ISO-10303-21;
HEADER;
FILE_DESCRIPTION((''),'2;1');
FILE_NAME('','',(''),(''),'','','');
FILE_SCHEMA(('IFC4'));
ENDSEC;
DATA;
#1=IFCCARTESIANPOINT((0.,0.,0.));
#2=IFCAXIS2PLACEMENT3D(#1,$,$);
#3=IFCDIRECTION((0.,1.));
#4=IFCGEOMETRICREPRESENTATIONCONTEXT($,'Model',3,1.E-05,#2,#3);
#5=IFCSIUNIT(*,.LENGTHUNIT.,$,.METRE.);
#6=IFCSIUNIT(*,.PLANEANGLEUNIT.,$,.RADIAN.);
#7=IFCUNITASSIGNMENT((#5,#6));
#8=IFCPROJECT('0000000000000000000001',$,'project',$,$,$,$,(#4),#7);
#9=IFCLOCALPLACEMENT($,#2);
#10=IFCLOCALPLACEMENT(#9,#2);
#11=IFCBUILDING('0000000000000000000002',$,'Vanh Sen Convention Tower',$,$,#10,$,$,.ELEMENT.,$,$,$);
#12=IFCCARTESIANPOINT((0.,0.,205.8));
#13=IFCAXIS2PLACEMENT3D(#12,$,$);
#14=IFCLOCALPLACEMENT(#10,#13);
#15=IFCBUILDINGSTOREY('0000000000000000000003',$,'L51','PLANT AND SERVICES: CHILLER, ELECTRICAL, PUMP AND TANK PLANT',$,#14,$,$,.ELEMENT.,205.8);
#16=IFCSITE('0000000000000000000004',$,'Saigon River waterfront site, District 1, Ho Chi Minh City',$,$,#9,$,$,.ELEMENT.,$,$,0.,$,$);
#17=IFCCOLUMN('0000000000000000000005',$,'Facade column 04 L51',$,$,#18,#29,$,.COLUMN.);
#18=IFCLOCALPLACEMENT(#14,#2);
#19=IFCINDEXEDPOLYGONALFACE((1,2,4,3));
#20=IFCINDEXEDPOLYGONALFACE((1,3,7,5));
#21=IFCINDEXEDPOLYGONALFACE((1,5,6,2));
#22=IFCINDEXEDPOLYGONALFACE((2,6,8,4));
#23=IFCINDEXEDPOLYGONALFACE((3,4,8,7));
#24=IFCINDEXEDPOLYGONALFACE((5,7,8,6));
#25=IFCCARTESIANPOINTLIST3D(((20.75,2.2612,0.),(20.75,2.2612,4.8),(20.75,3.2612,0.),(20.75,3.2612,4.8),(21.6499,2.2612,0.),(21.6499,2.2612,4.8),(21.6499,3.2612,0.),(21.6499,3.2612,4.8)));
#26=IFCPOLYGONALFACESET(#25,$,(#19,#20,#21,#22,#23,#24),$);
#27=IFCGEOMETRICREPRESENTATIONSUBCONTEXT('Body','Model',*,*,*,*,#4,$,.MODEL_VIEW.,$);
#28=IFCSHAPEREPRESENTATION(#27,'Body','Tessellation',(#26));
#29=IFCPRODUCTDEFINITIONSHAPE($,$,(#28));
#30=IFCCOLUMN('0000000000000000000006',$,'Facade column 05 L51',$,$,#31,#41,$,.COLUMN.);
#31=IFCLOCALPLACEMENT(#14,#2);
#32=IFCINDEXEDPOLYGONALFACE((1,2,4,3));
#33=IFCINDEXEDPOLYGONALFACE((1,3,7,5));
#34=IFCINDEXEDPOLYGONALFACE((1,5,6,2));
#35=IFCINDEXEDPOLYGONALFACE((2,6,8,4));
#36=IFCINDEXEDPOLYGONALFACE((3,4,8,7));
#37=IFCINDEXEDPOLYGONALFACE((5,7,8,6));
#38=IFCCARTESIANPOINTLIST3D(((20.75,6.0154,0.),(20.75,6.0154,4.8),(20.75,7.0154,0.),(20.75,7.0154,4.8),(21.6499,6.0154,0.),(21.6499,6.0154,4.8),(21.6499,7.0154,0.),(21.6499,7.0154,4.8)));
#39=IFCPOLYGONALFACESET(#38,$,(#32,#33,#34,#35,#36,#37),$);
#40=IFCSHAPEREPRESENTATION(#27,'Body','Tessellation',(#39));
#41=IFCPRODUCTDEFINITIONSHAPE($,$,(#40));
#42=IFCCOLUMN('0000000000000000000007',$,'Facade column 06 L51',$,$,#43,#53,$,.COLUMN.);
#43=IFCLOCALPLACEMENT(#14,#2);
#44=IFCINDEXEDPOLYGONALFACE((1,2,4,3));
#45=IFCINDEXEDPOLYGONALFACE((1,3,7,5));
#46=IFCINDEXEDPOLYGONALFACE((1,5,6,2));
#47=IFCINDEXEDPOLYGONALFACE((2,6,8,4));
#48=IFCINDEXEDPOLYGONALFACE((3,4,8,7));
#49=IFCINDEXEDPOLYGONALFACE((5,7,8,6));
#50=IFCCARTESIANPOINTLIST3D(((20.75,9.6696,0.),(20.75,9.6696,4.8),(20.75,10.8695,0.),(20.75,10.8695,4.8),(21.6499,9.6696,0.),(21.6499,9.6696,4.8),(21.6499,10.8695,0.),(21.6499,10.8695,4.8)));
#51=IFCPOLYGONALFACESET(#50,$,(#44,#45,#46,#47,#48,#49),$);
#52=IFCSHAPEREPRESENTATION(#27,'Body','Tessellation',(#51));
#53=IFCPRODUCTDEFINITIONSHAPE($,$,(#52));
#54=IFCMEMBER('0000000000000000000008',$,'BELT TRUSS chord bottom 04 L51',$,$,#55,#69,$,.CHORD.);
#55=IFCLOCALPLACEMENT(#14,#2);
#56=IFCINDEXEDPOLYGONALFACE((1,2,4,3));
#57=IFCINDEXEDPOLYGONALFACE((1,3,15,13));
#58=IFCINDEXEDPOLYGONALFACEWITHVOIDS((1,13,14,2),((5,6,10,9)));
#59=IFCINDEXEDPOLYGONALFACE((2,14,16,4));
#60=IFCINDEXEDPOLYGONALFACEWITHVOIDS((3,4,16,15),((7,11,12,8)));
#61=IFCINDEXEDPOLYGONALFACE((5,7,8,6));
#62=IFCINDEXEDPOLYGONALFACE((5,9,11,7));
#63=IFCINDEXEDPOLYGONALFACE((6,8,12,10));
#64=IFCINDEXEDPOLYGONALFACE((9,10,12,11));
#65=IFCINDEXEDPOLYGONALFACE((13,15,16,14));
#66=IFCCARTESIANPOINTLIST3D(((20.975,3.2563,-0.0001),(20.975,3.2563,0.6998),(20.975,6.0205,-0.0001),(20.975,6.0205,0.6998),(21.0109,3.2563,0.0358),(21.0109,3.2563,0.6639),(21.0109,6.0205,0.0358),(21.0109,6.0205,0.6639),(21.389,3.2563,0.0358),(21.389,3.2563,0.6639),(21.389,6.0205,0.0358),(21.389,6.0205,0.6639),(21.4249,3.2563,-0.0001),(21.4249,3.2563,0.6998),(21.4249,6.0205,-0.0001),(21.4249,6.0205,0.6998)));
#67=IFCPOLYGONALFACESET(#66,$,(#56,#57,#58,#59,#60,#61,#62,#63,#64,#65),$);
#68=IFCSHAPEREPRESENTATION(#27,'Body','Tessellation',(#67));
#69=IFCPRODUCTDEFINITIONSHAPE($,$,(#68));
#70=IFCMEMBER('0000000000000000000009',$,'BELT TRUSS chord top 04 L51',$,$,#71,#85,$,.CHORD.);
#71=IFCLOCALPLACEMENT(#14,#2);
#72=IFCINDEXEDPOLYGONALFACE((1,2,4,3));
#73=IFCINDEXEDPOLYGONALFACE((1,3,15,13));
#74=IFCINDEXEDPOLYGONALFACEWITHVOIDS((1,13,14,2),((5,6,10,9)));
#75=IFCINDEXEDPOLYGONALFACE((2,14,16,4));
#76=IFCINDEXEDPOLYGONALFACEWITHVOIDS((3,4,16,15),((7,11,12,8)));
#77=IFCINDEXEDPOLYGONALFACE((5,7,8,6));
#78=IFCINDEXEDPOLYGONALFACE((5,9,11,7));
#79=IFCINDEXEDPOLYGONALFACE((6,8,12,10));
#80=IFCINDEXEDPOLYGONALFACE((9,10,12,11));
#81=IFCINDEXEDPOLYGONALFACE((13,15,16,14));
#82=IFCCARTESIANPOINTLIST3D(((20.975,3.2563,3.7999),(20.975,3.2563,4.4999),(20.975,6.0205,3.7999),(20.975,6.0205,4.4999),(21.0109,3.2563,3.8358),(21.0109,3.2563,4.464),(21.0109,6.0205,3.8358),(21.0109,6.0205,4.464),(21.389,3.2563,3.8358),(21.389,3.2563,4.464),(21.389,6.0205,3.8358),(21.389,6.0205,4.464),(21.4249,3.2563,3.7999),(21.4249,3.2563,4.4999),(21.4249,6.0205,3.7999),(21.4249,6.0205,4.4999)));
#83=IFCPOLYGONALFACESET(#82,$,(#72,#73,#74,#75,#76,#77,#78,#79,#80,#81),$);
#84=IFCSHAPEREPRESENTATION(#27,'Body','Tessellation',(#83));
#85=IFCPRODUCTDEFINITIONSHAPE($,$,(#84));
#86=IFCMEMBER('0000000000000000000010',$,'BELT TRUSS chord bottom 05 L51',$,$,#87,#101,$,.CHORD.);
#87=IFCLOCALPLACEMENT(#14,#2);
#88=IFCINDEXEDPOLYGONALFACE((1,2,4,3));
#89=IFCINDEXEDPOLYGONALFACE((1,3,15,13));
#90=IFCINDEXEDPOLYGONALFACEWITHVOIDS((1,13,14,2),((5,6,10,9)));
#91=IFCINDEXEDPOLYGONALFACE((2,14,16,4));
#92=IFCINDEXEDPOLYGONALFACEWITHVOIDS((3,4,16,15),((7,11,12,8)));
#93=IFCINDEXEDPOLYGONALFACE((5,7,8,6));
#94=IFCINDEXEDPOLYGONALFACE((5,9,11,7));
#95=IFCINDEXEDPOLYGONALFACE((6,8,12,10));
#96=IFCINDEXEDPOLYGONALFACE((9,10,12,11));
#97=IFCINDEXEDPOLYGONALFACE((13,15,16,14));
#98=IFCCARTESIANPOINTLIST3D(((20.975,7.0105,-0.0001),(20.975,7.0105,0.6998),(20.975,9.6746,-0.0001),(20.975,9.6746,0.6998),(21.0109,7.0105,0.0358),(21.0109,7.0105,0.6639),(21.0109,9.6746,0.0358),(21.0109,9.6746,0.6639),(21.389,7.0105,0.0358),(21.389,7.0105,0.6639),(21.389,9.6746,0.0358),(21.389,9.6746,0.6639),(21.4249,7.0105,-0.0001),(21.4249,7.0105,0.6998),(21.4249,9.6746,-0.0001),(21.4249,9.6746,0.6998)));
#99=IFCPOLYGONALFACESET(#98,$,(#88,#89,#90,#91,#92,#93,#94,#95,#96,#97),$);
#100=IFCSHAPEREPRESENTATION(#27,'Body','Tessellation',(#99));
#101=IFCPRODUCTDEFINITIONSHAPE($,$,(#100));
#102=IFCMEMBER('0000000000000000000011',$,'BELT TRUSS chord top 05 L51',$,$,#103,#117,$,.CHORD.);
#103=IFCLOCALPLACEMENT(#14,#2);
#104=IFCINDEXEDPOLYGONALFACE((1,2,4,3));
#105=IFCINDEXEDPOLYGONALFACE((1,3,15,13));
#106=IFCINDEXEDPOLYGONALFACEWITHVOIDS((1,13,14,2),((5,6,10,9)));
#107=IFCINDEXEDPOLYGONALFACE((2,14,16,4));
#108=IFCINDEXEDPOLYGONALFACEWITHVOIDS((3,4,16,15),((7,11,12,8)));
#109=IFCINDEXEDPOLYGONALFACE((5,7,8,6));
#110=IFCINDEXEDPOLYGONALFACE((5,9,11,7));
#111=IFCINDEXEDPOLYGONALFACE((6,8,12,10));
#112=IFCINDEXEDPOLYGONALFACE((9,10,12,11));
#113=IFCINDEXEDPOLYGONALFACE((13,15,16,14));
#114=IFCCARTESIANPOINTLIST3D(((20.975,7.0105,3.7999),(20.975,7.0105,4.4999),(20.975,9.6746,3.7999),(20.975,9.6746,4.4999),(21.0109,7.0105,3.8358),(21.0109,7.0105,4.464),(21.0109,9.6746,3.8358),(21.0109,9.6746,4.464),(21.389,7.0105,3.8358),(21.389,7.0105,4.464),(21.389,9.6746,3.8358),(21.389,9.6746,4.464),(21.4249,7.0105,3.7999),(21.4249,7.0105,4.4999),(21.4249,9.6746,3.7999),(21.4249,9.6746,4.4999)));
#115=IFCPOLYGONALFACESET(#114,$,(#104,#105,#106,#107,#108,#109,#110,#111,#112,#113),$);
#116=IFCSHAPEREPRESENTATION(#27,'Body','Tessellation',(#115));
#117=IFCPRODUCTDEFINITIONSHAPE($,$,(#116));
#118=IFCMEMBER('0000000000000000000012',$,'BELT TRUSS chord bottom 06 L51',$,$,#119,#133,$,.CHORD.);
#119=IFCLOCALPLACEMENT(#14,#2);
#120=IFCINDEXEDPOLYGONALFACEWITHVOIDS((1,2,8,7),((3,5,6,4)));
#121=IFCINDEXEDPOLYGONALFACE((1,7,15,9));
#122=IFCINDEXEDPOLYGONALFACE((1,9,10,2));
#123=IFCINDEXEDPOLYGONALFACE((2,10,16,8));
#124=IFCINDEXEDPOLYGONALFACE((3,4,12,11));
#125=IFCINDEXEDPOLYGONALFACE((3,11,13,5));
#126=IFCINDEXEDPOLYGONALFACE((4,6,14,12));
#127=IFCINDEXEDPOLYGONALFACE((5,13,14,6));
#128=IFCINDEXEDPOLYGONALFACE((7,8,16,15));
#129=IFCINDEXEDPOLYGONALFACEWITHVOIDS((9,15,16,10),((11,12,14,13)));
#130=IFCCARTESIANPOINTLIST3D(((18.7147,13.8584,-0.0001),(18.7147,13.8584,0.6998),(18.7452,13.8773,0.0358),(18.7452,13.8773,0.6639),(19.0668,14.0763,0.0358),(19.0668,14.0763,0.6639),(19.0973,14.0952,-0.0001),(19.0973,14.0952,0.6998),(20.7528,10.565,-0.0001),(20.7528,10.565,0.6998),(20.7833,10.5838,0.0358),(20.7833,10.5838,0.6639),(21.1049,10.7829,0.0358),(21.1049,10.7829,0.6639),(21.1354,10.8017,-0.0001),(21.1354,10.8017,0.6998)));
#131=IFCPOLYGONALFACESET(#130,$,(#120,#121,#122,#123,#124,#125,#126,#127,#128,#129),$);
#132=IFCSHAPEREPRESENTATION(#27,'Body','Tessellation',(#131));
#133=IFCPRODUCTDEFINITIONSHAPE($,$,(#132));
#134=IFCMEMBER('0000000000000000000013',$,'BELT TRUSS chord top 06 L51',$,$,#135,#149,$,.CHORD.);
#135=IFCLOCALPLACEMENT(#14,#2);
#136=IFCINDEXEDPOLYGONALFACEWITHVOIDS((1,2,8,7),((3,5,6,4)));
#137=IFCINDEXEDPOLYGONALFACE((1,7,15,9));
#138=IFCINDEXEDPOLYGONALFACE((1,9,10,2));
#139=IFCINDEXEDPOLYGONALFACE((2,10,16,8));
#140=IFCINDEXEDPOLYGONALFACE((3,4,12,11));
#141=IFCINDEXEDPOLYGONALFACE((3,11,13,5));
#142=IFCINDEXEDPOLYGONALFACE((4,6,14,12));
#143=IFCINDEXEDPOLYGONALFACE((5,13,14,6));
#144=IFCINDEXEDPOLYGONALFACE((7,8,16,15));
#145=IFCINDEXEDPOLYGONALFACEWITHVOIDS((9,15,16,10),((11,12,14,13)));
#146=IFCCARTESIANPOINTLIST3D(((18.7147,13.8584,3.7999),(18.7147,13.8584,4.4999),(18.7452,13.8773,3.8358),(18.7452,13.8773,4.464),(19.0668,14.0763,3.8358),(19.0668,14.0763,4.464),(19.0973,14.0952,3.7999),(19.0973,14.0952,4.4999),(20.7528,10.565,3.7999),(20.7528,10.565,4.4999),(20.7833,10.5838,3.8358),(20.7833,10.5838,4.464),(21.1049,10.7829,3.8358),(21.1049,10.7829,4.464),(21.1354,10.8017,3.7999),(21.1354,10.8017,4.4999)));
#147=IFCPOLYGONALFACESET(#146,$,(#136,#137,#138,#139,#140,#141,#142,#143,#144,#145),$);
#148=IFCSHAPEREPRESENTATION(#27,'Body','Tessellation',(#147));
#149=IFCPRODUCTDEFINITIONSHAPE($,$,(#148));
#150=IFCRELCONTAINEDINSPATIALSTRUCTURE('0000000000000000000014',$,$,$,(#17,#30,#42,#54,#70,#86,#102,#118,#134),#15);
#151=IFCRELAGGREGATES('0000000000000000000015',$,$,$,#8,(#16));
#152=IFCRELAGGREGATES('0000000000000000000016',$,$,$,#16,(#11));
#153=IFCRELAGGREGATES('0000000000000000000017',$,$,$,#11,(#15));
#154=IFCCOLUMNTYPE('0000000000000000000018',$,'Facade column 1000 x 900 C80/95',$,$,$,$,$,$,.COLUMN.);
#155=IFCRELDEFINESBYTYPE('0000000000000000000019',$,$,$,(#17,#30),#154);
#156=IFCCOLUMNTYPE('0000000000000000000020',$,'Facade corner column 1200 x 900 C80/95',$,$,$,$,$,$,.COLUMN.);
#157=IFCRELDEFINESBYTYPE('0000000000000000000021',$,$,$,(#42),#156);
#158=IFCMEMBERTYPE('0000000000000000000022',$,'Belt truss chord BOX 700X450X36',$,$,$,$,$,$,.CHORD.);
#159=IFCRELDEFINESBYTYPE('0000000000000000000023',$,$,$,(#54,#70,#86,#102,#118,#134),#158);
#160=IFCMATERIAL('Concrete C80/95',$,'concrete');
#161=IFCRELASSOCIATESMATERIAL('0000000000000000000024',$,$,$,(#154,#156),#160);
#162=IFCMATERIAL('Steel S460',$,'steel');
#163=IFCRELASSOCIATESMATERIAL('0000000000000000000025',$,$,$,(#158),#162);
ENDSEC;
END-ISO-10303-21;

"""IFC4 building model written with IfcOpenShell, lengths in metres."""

from ifc_helpers import new_model, si_unit, direction, frame, origin, origin_2d, place, context, subcontext, project, spatial, rectangle, hollow_rectangle, extrude, material, material_profile, profile_set, type_object, element, save


model = new_model("IFC4")

# Units and contexts
model_context = context("Model", 3, precision=1e-05, world=origin(), true_north=direction((0.0, 1.0)))
body_context = subcontext(model_context, "Body", "Model", "MODEL_VIEW")
ifc_project = project(units=[si_unit("LENGTHUNIT", "METRE"), si_unit("PLANEANGLEUNIT", "RADIAN")], contexts=[model_context])

# Site, building, storey
site_placement = place(None, origin())
site = spatial("IfcSite", under=ifc_project, at=site_placement, Name="Saigon River waterfront site, District 1, Ho Chi Minh City", CompositionType="ELEMENT", RefElevation=0.0)
building_placement = place(site_placement, origin())
building = spatial("IfcBuilding", under=site, at=building_placement, Name="Vanh Sen Convention Tower", CompositionType="ELEMENT")
storey_placement = place(building_placement, frame((0.0, 0.0, 205.8)))
storey = spatial("IfcBuildingStorey", under=building, at=storey_placement, Name="L51", Description="PLANT AND SERVICES: CHILLER, ELECTRICAL, PUMP AND TANK PLANT", CompositionType="ELEMENT", Elevation=205.8)

# Columns
ifc_material_1 = material(Name="Concrete C80/95", Category="concrete")
ifc_material_profile_1 = material_profile(ifc_material_1, rectangle(XDim=1.0, YDim=0.8999, at=origin_2d()), Name="RC 1000X900")
ifc_profile_set_1 = profile_set([ifc_material_profile_1], Name="Concrete C80/95")
column_type_1 = type_object("IfcColumnType", Name="Facade column 1000 x 900 C80/95", PredefinedType="COLUMN", material=ifc_profile_set_1)
for number, where, z_axis, x_axis, name in (
    (1, (21.2, 2.7612, 0.0), (0.0, 0.0, 1.0), (0.0, 1.0, 0.0), "Facade column 04 L51"),
    (2, (21.2, 6.5154, 0.0), (0.0, 0.0, 1.0), (0.0, 1.0, 0.0), "Facade column 05 L51"),
):
    element("IfcColumn", number, at=place(storey_placement, frame(where, z_axis=z_axis, x_axis=x_axis)), inside=storey, type_object=column_type_1, Name=name, PredefinedType="COLUMN", context=body_context, shape_type="SweptSolid", body=[
        extrude(rectangle(XDim=1.0, YDim=0.8999, at=origin_2d()), origin(), (0.0, 0.0, 1.0), 4.8),
    ])
ifc_material_profile_2 = material_profile(ifc_material_1, rectangle(XDim=1.2, YDim=0.8999, at=origin_2d()), Name="RC 1200X900")
ifc_profile_set_2 = profile_set([ifc_material_profile_2], Name="Concrete C80/95")
column_type_2 = type_object("IfcColumnType", Name="Facade corner column 1200 x 900 C80/95", PredefinedType="COLUMN", material=ifc_profile_set_2)
column_placement = place(storey_placement, frame((21.2, 10.2695, 0.0), z_axis=(0.0, 0.0, 1.0), x_axis=(0.0, 1.0, 0.0)))
element("IfcColumn", 3, at=column_placement, inside=storey, type_object=column_type_2, Name="Facade column 06 L51", PredefinedType="COLUMN", context=body_context, shape_type="SweptSolid", body=[
    extrude(rectangle(XDim=1.2, YDim=0.8999, at=origin_2d()), origin(), (0.0, 0.0, 1.0), 4.8),
])

# Members
ifc_material_2 = material(Name="Steel S460", Category="steel")
ifc_material_profile_3 = material_profile(ifc_material_2, hollow_rectangle(XDim=0.45, YDim=0.7, WallThickness=0.0359, at=origin_2d()), Name="BOX 700X450X36")
ifc_profile_set_3 = profile_set([ifc_material_profile_3], Name="Steel S460")
member_type_1 = type_object("IfcMemberType", Name="Belt truss chord BOX 700X450X36", PredefinedType="CHORD", material=ifc_profile_set_3)
for number, where, z_axis, x_axis, name in (
    (4, (21.2, 3.2563, 0.3499), (0.0, 1.0, 0.0), (-1.0, 0.0, 0.0), "BELT TRUSS chord bottom 04 L51"),
    (5, (21.2, 3.2563, 4.1499), (0.0, 1.0, 0.0), (-1.0, 0.0, 0.0), "BELT TRUSS chord top 04 L51"),
):
    element("IfcMember", number, at=place(storey_placement, frame(where, z_axis=z_axis, x_axis=x_axis)), inside=storey, type_object=member_type_1, Name=name, PredefinedType="CHORD", context=body_context, shape_type="SweptSolid", body=[
        extrude(hollow_rectangle(XDim=0.45, YDim=0.7, WallThickness=0.0359, at=origin_2d()), origin(), (0.0, 0.0, 1.0), 2.7642),
    ])
for number, where, z_axis, x_axis, name in (
    (6, (21.2, 7.0105, 0.3499), (0.0, 1.0, 0.0), (-1.0, 0.0, 0.0), "BELT TRUSS chord bottom 05 L51"),
    (7, (21.2, 7.0105, 4.1499), (0.0, 1.0, 0.0), (-1.0, 0.0, 0.0), "BELT TRUSS chord top 05 L51"),
):
    element("IfcMember", number, at=place(storey_placement, frame(where, z_axis=z_axis, x_axis=x_axis)), inside=storey, type_object=member_type_1, Name=name, PredefinedType="CHORD", context=body_context, shape_type="SweptSolid", body=[
        extrude(hollow_rectangle(XDim=0.45, YDim=0.7, WallThickness=0.0359, at=origin_2d()), origin(), (0.0, 0.0, 1.0), 2.6641),
    ])
for number, where, z_axis, x_axis, name in (
    (8, (20.9441, 10.6833, 0.3499), (-0.52622, 0.850348, 0.0), (-0.850348, -0.52622, 0.0), "BELT TRUSS chord bottom 06 L51"),
    (9, (20.9441, 10.6833, 4.1499), (-0.52622, 0.850348, 0.0), (-0.850348, -0.52622, 0.0), "BELT TRUSS chord top 06 L51"),
):
    element("IfcMember", number, at=place(storey_placement, frame(where, z_axis=z_axis, x_axis=x_axis)), inside=storey, type_object=member_type_1, Name=name, PredefinedType="CHORD", context=body_context, shape_type="SweptSolid", body=[
        extrude(hollow_rectangle(XDim=0.45, YDim=0.7, WallThickness=0.0359, at=origin_2d()), origin(), (0.0, 0.0, 1.0), 3.873),
    ])

save(model, "model.ifc")
